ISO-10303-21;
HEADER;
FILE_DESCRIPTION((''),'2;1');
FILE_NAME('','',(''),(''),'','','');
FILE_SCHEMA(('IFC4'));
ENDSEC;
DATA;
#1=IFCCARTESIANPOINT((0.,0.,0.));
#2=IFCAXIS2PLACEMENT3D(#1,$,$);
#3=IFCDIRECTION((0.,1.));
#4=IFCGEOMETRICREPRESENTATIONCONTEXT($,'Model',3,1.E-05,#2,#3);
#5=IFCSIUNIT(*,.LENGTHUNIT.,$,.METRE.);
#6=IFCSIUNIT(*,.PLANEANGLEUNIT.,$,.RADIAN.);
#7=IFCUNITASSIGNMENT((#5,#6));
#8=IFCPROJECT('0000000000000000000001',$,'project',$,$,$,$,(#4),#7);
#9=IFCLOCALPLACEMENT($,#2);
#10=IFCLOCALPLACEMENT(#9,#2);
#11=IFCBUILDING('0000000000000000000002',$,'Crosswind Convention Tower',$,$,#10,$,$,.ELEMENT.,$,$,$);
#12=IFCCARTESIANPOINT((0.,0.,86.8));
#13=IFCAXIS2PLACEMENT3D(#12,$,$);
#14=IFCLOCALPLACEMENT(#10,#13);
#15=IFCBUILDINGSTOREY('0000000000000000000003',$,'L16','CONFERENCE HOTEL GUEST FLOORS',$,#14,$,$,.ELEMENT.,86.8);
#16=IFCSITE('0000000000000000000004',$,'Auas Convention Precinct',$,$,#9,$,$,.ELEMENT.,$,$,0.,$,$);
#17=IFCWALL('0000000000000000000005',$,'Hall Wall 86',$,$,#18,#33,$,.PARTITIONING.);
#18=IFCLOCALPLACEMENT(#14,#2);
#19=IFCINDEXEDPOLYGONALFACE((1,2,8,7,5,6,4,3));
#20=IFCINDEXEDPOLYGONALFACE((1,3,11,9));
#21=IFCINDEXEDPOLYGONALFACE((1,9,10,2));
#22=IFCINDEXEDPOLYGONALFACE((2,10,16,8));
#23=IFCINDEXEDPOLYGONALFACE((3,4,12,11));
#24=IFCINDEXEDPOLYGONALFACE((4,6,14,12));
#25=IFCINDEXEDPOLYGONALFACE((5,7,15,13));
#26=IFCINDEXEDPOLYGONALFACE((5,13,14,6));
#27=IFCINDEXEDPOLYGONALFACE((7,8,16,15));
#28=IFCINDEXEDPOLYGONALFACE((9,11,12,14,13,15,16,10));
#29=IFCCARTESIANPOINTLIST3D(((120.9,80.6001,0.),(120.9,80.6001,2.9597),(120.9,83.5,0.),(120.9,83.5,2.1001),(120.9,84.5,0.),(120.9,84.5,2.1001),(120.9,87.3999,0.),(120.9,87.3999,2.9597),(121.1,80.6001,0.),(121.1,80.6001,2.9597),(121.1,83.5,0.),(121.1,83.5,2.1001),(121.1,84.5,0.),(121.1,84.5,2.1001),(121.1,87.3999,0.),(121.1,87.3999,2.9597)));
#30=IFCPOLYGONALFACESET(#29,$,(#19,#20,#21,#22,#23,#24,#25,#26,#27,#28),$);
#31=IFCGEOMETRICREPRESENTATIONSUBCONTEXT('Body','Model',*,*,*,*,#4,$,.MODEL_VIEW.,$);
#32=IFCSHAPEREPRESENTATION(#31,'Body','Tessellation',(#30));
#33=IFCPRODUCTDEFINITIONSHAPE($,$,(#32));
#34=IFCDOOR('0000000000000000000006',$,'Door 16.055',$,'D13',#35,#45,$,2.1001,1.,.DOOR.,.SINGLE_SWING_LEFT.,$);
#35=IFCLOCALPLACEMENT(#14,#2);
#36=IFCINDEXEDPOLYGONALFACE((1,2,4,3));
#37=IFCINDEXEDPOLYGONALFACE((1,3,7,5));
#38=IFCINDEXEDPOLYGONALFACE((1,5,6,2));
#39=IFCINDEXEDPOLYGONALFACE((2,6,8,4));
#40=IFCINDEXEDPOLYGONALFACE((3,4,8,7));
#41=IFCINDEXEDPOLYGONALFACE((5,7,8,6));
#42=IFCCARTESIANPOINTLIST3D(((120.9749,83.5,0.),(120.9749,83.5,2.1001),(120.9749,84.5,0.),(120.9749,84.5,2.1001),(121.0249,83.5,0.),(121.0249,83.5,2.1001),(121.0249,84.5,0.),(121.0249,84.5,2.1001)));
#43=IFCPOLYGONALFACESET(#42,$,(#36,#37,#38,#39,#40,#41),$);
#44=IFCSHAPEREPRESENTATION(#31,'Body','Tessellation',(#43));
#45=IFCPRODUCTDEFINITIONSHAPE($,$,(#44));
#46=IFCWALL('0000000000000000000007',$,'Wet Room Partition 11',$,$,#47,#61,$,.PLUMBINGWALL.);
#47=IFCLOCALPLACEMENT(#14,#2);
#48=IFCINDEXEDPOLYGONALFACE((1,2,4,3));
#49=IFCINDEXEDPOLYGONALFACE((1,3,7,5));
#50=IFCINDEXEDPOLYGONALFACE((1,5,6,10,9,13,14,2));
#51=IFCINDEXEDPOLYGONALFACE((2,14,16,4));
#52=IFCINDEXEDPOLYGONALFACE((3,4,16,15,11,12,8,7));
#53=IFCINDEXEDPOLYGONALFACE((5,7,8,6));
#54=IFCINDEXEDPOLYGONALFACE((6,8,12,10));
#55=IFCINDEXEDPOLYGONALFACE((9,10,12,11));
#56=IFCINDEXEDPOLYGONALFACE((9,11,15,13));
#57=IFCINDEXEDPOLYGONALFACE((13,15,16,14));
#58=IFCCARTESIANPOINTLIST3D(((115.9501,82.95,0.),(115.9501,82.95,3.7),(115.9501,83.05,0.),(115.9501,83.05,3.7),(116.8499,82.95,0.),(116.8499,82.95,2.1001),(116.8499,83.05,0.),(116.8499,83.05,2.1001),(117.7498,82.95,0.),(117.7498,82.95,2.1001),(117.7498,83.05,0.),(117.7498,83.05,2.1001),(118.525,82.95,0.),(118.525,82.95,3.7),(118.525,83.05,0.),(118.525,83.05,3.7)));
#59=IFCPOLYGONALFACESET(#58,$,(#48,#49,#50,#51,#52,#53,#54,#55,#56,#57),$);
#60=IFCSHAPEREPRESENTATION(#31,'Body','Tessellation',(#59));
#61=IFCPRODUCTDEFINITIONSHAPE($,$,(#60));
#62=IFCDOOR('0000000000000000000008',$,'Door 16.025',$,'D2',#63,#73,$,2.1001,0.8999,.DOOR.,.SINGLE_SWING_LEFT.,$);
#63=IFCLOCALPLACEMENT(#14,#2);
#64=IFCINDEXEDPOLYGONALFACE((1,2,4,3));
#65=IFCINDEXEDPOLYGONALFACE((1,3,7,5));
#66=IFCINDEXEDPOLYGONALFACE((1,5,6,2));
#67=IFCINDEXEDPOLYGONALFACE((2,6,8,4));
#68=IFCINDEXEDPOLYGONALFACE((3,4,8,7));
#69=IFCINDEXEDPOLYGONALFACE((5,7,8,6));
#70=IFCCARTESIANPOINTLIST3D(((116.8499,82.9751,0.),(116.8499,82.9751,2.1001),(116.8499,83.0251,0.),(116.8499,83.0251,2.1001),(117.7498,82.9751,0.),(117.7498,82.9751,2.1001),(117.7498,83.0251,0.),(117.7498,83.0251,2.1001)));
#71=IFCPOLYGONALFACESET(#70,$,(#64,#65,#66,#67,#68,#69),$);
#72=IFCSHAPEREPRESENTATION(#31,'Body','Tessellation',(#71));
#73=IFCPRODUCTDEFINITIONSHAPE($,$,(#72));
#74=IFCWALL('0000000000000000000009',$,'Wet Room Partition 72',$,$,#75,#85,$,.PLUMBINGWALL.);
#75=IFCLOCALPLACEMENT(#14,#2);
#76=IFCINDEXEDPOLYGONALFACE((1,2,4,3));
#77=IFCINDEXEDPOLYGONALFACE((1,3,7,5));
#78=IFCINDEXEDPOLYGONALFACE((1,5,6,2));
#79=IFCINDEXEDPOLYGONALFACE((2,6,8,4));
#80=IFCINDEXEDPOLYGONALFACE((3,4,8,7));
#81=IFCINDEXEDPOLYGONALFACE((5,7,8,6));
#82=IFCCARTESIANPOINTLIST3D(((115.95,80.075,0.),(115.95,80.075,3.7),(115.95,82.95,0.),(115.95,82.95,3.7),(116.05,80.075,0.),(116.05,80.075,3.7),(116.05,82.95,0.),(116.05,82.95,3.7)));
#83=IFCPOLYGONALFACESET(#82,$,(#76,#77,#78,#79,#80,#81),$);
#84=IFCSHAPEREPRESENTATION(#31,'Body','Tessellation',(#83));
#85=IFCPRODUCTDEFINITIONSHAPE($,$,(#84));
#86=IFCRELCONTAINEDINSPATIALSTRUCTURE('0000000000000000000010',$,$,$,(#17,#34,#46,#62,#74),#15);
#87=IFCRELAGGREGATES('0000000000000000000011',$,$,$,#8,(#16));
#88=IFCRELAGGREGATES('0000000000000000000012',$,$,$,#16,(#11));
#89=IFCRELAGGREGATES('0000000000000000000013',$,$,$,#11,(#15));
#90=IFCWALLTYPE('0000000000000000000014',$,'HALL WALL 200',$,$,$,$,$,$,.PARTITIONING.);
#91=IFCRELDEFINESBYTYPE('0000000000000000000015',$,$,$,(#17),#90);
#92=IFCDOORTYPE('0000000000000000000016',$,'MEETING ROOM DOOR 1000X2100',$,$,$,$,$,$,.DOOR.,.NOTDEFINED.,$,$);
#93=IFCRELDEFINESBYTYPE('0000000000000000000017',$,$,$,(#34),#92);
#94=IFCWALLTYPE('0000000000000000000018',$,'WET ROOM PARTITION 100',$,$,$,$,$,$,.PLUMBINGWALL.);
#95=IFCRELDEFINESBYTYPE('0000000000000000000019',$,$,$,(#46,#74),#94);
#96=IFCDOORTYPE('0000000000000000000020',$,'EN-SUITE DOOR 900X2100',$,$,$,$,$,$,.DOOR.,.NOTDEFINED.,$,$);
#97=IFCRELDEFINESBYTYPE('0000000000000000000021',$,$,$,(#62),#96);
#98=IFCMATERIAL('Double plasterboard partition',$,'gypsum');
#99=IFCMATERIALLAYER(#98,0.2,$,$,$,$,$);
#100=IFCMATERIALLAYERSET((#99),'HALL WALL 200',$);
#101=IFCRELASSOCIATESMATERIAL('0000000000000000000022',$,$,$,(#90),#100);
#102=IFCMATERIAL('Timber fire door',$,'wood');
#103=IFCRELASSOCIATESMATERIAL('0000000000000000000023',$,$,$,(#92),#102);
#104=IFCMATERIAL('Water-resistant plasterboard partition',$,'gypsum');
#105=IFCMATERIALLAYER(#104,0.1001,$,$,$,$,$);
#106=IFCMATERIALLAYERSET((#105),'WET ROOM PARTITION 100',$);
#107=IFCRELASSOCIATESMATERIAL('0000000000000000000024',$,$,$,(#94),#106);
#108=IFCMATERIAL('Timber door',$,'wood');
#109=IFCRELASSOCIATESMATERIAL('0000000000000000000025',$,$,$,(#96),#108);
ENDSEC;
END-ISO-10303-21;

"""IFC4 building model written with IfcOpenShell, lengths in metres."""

from ifc_helpers import new_model, si_unit, direction, frame, frame_2d, origin, place, context, subcontext, project, spatial, rectangle, extrude, material, layer, layer_set, type_object, element, fill, save


model = new_model("IFC4")

# Units and contexts
model_context = context("Model", 3, precision=1e-05, world=origin(), true_north=direction((0.0, 1.0)))
body_context = subcontext(model_context, "Body", "Model", "MODEL_VIEW")
ifc_project = project(units=[si_unit("LENGTHUNIT", "METRE"), si_unit("PLANEANGLEUNIT", "RADIAN")], contexts=[model_context])

# Site, building, storey
site_placement = place(None, origin())
site = spatial("IfcSite", under=ifc_project, at=site_placement, Name="Auas Convention Precinct", CompositionType="ELEMENT", RefElevation=0.0)
building_placement = place(site_placement, origin())
building = spatial("IfcBuilding", under=site, at=building_placement, Name="Crosswind Convention Tower", CompositionType="ELEMENT")
storey_placement = place(building_placement, frame((0.0, 0.0, 86.8)))
storey = spatial("IfcBuildingStorey", under=building, at=storey_placement, Name="L16", Description="CONFERENCE HOTEL GUEST FLOORS", CompositionType="ELEMENT", Elevation=86.8)

# Walls, openings, doors
ifc_material_1 = material(Name="Timber fire door", Category="wood")
ifc_material_2 = material(Name="Double plasterboard partition", Category="gypsum")
ifc_layer_1 = layer(ifc_material_2, 0.2)
ifc_layer_set_1 = layer_set([ifc_layer_1], Name="HALL WALL 200")
wall_type_1 = type_object("IfcWallType", Name="HALL WALL 200", PredefinedType="PARTITIONING", material=ifc_layer_set_1)
wall_1_placement = place(storey_placement, frame((121.0, 80.6001, 0.0), z_axis=(0.0, 0.0, 1.0), x_axis=(0.0, 1.0, 0.0)))
wall_1 = element("IfcWall", 1, at=wall_1_placement, inside=storey, type_object=wall_type_1, Name="Hall Wall 86", PredefinedType="PARTITIONING", context=body_context, shape_type="SweptSolid", body=[
    extrude(rectangle(XDim=6.7998, YDim=0.2, at=frame_2d((3.3999, 0.0))), origin(), (0.0, 0.0, 1.0), 2.9597),
])
opening_1_placement = place(wall_1_placement, frame((2.8999, 0.0, 0.0)))
opening_1 = element("IfcOpeningElement", 2, at=opening_1_placement, cuts=wall_1, PredefinedType="OPENING", context=body_context, shape_type="SweptSolid", body=[
    extrude(rectangle(XDim=1.0, YDim=2.1001, at=frame_2d((0.5, 1.05))), frame((0.0, 0.1099, 0.0), z_axis=(0.0, -1.0, 0.0), x_axis=(1.0, 0.0, 0.0)), (0.0, 0.0, 1.0), 0.22),
])
door_type_1 = type_object("IfcDoorType", Name="MEETING ROOM DOOR 1000X2100", OperationType="NOTDEFINED", PredefinedType="DOOR", material=ifc_material_1)
door_1_placement = place(opening_1_placement, frame((1.0, 0.0, 0.0), z_axis=(0.0, 0.0, 1.0), x_axis=(-1.0, 0.0, 0.0)))
door_1 = element("IfcDoor", 3, at=door_1_placement, inside=storey, type_object=door_type_1, Name="Door 16.055", ObjectType="D13", OperationType="SINGLE_SWING_LEFT", OverallHeight=2.1001, OverallWidth=1.0, PredefinedType="DOOR", context=body_context, shape_type="SweptSolid", body=[
    extrude(rectangle(XDim=1.0, YDim=2.1001, at=frame_2d((0.5, 1.05))), frame((0.0, 0.0249, 0.0), z_axis=(0.0, -1.0, 0.0), x_axis=(1.0, 0.0, 0.0)), (0.0, 0.0, 1.0), 0.05),
])
fill(opening_1, door_1)
ifc_material_3 = material(Name="Water-resistant plasterboard partition", Category="gypsum")
ifc_layer_2 = layer(ifc_material_3, 0.1001)
ifc_layer_set_2 = layer_set([ifc_layer_2], Name="WET ROOM PARTITION 100")
wall_type_2 = type_object("IfcWallType", Name="WET ROOM PARTITION 100", PredefinedType="PLUMBINGWALL", material=ifc_layer_set_2)
wall_2_placement = place(storey_placement, frame((115.95, 83.0, 0.0), z_axis=(0.0, 0.0, 1.0), x_axis=(1.0, 0.0, 0.0)))
wall_2 = element("IfcWall", 4, at=wall_2_placement, inside=storey, type_object=wall_type_2, Name="Wet Room Partition 11", PredefinedType="PLUMBINGWALL", context=body_context, shape_type="SweptSolid", body=[
    extrude(rectangle(XDim=2.575, YDim=0.1001, at=frame_2d((1.2876, 0.0))), origin(), (0.0, 0.0, 1.0), 3.7),
])
opening_2_placement = place(wall_2_placement, frame((0.8999, 0.0, 0.0)))
opening_2 = element("IfcOpeningElement", 5, at=opening_2_placement, cuts=wall_2, PredefinedType="OPENING", context=body_context, shape_type="SweptSolid", body=[
    extrude(rectangle(XDim=0.8999, YDim=2.1001, at=frame_2d((0.45, 1.05))), frame((0.0, 0.0601, 0.0), z_axis=(0.0, -1.0, 0.0), x_axis=(1.0, 0.0, 0.0)), (0.0, 0.0, 1.0), 0.1201),
])
ifc_material_4 = material(Name="Timber door", Category="wood")
door_type_2 = type_object("IfcDoorType", Name="EN-SUITE DOOR 900X2100", OperationType="NOTDEFINED", PredefinedType="DOOR", material=ifc_material_4)
door_2_placement = place(opening_2_placement, frame((0.8999, 0.0, 0.0), z_axis=(0.0, 0.0, 1.0), x_axis=(-1.0, 0.0, 0.0)))
door_2 = element("IfcDoor", 6, at=door_2_placement, inside=storey, type_object=door_type_2, Name="Door 16.025", ObjectType="D2", OperationType="SINGLE_SWING_LEFT", OverallHeight=2.1001, OverallWidth=0.8999, PredefinedType="DOOR", context=body_context, shape_type="SweptSolid", body=[
    extrude(rectangle(XDim=0.8999, YDim=2.1001, at=frame_2d((0.45, 1.05))), frame((0.0, 0.0249, 0.0), z_axis=(0.0, -1.0, 0.0), x_axis=(1.0, 0.0, 0.0)), (0.0, 0.0, 1.0), 0.05),
])
fill(opening_2, door_2)

# Wall
wall_3_placement = place(storey_placement, frame((116.0, 80.075, 0.0), z_axis=(0.0, 0.0, 1.0), x_axis=(0.0, 1.0, 0.0)))
element("IfcWall", 7, at=wall_3_placement, inside=storey, type_object=wall_type_2, Name="Wet Room Partition 72", PredefinedType="PLUMBINGWALL", context=body_context, shape_type="SweptSolid", body=[
    extrude(rectangle(XDim=2.875, YDim=0.1001, at=frame_2d((1.4375, 0.0))), origin(), (0.0, 0.0, 1.0), 3.7),
])

save(model, "model.ifc")
